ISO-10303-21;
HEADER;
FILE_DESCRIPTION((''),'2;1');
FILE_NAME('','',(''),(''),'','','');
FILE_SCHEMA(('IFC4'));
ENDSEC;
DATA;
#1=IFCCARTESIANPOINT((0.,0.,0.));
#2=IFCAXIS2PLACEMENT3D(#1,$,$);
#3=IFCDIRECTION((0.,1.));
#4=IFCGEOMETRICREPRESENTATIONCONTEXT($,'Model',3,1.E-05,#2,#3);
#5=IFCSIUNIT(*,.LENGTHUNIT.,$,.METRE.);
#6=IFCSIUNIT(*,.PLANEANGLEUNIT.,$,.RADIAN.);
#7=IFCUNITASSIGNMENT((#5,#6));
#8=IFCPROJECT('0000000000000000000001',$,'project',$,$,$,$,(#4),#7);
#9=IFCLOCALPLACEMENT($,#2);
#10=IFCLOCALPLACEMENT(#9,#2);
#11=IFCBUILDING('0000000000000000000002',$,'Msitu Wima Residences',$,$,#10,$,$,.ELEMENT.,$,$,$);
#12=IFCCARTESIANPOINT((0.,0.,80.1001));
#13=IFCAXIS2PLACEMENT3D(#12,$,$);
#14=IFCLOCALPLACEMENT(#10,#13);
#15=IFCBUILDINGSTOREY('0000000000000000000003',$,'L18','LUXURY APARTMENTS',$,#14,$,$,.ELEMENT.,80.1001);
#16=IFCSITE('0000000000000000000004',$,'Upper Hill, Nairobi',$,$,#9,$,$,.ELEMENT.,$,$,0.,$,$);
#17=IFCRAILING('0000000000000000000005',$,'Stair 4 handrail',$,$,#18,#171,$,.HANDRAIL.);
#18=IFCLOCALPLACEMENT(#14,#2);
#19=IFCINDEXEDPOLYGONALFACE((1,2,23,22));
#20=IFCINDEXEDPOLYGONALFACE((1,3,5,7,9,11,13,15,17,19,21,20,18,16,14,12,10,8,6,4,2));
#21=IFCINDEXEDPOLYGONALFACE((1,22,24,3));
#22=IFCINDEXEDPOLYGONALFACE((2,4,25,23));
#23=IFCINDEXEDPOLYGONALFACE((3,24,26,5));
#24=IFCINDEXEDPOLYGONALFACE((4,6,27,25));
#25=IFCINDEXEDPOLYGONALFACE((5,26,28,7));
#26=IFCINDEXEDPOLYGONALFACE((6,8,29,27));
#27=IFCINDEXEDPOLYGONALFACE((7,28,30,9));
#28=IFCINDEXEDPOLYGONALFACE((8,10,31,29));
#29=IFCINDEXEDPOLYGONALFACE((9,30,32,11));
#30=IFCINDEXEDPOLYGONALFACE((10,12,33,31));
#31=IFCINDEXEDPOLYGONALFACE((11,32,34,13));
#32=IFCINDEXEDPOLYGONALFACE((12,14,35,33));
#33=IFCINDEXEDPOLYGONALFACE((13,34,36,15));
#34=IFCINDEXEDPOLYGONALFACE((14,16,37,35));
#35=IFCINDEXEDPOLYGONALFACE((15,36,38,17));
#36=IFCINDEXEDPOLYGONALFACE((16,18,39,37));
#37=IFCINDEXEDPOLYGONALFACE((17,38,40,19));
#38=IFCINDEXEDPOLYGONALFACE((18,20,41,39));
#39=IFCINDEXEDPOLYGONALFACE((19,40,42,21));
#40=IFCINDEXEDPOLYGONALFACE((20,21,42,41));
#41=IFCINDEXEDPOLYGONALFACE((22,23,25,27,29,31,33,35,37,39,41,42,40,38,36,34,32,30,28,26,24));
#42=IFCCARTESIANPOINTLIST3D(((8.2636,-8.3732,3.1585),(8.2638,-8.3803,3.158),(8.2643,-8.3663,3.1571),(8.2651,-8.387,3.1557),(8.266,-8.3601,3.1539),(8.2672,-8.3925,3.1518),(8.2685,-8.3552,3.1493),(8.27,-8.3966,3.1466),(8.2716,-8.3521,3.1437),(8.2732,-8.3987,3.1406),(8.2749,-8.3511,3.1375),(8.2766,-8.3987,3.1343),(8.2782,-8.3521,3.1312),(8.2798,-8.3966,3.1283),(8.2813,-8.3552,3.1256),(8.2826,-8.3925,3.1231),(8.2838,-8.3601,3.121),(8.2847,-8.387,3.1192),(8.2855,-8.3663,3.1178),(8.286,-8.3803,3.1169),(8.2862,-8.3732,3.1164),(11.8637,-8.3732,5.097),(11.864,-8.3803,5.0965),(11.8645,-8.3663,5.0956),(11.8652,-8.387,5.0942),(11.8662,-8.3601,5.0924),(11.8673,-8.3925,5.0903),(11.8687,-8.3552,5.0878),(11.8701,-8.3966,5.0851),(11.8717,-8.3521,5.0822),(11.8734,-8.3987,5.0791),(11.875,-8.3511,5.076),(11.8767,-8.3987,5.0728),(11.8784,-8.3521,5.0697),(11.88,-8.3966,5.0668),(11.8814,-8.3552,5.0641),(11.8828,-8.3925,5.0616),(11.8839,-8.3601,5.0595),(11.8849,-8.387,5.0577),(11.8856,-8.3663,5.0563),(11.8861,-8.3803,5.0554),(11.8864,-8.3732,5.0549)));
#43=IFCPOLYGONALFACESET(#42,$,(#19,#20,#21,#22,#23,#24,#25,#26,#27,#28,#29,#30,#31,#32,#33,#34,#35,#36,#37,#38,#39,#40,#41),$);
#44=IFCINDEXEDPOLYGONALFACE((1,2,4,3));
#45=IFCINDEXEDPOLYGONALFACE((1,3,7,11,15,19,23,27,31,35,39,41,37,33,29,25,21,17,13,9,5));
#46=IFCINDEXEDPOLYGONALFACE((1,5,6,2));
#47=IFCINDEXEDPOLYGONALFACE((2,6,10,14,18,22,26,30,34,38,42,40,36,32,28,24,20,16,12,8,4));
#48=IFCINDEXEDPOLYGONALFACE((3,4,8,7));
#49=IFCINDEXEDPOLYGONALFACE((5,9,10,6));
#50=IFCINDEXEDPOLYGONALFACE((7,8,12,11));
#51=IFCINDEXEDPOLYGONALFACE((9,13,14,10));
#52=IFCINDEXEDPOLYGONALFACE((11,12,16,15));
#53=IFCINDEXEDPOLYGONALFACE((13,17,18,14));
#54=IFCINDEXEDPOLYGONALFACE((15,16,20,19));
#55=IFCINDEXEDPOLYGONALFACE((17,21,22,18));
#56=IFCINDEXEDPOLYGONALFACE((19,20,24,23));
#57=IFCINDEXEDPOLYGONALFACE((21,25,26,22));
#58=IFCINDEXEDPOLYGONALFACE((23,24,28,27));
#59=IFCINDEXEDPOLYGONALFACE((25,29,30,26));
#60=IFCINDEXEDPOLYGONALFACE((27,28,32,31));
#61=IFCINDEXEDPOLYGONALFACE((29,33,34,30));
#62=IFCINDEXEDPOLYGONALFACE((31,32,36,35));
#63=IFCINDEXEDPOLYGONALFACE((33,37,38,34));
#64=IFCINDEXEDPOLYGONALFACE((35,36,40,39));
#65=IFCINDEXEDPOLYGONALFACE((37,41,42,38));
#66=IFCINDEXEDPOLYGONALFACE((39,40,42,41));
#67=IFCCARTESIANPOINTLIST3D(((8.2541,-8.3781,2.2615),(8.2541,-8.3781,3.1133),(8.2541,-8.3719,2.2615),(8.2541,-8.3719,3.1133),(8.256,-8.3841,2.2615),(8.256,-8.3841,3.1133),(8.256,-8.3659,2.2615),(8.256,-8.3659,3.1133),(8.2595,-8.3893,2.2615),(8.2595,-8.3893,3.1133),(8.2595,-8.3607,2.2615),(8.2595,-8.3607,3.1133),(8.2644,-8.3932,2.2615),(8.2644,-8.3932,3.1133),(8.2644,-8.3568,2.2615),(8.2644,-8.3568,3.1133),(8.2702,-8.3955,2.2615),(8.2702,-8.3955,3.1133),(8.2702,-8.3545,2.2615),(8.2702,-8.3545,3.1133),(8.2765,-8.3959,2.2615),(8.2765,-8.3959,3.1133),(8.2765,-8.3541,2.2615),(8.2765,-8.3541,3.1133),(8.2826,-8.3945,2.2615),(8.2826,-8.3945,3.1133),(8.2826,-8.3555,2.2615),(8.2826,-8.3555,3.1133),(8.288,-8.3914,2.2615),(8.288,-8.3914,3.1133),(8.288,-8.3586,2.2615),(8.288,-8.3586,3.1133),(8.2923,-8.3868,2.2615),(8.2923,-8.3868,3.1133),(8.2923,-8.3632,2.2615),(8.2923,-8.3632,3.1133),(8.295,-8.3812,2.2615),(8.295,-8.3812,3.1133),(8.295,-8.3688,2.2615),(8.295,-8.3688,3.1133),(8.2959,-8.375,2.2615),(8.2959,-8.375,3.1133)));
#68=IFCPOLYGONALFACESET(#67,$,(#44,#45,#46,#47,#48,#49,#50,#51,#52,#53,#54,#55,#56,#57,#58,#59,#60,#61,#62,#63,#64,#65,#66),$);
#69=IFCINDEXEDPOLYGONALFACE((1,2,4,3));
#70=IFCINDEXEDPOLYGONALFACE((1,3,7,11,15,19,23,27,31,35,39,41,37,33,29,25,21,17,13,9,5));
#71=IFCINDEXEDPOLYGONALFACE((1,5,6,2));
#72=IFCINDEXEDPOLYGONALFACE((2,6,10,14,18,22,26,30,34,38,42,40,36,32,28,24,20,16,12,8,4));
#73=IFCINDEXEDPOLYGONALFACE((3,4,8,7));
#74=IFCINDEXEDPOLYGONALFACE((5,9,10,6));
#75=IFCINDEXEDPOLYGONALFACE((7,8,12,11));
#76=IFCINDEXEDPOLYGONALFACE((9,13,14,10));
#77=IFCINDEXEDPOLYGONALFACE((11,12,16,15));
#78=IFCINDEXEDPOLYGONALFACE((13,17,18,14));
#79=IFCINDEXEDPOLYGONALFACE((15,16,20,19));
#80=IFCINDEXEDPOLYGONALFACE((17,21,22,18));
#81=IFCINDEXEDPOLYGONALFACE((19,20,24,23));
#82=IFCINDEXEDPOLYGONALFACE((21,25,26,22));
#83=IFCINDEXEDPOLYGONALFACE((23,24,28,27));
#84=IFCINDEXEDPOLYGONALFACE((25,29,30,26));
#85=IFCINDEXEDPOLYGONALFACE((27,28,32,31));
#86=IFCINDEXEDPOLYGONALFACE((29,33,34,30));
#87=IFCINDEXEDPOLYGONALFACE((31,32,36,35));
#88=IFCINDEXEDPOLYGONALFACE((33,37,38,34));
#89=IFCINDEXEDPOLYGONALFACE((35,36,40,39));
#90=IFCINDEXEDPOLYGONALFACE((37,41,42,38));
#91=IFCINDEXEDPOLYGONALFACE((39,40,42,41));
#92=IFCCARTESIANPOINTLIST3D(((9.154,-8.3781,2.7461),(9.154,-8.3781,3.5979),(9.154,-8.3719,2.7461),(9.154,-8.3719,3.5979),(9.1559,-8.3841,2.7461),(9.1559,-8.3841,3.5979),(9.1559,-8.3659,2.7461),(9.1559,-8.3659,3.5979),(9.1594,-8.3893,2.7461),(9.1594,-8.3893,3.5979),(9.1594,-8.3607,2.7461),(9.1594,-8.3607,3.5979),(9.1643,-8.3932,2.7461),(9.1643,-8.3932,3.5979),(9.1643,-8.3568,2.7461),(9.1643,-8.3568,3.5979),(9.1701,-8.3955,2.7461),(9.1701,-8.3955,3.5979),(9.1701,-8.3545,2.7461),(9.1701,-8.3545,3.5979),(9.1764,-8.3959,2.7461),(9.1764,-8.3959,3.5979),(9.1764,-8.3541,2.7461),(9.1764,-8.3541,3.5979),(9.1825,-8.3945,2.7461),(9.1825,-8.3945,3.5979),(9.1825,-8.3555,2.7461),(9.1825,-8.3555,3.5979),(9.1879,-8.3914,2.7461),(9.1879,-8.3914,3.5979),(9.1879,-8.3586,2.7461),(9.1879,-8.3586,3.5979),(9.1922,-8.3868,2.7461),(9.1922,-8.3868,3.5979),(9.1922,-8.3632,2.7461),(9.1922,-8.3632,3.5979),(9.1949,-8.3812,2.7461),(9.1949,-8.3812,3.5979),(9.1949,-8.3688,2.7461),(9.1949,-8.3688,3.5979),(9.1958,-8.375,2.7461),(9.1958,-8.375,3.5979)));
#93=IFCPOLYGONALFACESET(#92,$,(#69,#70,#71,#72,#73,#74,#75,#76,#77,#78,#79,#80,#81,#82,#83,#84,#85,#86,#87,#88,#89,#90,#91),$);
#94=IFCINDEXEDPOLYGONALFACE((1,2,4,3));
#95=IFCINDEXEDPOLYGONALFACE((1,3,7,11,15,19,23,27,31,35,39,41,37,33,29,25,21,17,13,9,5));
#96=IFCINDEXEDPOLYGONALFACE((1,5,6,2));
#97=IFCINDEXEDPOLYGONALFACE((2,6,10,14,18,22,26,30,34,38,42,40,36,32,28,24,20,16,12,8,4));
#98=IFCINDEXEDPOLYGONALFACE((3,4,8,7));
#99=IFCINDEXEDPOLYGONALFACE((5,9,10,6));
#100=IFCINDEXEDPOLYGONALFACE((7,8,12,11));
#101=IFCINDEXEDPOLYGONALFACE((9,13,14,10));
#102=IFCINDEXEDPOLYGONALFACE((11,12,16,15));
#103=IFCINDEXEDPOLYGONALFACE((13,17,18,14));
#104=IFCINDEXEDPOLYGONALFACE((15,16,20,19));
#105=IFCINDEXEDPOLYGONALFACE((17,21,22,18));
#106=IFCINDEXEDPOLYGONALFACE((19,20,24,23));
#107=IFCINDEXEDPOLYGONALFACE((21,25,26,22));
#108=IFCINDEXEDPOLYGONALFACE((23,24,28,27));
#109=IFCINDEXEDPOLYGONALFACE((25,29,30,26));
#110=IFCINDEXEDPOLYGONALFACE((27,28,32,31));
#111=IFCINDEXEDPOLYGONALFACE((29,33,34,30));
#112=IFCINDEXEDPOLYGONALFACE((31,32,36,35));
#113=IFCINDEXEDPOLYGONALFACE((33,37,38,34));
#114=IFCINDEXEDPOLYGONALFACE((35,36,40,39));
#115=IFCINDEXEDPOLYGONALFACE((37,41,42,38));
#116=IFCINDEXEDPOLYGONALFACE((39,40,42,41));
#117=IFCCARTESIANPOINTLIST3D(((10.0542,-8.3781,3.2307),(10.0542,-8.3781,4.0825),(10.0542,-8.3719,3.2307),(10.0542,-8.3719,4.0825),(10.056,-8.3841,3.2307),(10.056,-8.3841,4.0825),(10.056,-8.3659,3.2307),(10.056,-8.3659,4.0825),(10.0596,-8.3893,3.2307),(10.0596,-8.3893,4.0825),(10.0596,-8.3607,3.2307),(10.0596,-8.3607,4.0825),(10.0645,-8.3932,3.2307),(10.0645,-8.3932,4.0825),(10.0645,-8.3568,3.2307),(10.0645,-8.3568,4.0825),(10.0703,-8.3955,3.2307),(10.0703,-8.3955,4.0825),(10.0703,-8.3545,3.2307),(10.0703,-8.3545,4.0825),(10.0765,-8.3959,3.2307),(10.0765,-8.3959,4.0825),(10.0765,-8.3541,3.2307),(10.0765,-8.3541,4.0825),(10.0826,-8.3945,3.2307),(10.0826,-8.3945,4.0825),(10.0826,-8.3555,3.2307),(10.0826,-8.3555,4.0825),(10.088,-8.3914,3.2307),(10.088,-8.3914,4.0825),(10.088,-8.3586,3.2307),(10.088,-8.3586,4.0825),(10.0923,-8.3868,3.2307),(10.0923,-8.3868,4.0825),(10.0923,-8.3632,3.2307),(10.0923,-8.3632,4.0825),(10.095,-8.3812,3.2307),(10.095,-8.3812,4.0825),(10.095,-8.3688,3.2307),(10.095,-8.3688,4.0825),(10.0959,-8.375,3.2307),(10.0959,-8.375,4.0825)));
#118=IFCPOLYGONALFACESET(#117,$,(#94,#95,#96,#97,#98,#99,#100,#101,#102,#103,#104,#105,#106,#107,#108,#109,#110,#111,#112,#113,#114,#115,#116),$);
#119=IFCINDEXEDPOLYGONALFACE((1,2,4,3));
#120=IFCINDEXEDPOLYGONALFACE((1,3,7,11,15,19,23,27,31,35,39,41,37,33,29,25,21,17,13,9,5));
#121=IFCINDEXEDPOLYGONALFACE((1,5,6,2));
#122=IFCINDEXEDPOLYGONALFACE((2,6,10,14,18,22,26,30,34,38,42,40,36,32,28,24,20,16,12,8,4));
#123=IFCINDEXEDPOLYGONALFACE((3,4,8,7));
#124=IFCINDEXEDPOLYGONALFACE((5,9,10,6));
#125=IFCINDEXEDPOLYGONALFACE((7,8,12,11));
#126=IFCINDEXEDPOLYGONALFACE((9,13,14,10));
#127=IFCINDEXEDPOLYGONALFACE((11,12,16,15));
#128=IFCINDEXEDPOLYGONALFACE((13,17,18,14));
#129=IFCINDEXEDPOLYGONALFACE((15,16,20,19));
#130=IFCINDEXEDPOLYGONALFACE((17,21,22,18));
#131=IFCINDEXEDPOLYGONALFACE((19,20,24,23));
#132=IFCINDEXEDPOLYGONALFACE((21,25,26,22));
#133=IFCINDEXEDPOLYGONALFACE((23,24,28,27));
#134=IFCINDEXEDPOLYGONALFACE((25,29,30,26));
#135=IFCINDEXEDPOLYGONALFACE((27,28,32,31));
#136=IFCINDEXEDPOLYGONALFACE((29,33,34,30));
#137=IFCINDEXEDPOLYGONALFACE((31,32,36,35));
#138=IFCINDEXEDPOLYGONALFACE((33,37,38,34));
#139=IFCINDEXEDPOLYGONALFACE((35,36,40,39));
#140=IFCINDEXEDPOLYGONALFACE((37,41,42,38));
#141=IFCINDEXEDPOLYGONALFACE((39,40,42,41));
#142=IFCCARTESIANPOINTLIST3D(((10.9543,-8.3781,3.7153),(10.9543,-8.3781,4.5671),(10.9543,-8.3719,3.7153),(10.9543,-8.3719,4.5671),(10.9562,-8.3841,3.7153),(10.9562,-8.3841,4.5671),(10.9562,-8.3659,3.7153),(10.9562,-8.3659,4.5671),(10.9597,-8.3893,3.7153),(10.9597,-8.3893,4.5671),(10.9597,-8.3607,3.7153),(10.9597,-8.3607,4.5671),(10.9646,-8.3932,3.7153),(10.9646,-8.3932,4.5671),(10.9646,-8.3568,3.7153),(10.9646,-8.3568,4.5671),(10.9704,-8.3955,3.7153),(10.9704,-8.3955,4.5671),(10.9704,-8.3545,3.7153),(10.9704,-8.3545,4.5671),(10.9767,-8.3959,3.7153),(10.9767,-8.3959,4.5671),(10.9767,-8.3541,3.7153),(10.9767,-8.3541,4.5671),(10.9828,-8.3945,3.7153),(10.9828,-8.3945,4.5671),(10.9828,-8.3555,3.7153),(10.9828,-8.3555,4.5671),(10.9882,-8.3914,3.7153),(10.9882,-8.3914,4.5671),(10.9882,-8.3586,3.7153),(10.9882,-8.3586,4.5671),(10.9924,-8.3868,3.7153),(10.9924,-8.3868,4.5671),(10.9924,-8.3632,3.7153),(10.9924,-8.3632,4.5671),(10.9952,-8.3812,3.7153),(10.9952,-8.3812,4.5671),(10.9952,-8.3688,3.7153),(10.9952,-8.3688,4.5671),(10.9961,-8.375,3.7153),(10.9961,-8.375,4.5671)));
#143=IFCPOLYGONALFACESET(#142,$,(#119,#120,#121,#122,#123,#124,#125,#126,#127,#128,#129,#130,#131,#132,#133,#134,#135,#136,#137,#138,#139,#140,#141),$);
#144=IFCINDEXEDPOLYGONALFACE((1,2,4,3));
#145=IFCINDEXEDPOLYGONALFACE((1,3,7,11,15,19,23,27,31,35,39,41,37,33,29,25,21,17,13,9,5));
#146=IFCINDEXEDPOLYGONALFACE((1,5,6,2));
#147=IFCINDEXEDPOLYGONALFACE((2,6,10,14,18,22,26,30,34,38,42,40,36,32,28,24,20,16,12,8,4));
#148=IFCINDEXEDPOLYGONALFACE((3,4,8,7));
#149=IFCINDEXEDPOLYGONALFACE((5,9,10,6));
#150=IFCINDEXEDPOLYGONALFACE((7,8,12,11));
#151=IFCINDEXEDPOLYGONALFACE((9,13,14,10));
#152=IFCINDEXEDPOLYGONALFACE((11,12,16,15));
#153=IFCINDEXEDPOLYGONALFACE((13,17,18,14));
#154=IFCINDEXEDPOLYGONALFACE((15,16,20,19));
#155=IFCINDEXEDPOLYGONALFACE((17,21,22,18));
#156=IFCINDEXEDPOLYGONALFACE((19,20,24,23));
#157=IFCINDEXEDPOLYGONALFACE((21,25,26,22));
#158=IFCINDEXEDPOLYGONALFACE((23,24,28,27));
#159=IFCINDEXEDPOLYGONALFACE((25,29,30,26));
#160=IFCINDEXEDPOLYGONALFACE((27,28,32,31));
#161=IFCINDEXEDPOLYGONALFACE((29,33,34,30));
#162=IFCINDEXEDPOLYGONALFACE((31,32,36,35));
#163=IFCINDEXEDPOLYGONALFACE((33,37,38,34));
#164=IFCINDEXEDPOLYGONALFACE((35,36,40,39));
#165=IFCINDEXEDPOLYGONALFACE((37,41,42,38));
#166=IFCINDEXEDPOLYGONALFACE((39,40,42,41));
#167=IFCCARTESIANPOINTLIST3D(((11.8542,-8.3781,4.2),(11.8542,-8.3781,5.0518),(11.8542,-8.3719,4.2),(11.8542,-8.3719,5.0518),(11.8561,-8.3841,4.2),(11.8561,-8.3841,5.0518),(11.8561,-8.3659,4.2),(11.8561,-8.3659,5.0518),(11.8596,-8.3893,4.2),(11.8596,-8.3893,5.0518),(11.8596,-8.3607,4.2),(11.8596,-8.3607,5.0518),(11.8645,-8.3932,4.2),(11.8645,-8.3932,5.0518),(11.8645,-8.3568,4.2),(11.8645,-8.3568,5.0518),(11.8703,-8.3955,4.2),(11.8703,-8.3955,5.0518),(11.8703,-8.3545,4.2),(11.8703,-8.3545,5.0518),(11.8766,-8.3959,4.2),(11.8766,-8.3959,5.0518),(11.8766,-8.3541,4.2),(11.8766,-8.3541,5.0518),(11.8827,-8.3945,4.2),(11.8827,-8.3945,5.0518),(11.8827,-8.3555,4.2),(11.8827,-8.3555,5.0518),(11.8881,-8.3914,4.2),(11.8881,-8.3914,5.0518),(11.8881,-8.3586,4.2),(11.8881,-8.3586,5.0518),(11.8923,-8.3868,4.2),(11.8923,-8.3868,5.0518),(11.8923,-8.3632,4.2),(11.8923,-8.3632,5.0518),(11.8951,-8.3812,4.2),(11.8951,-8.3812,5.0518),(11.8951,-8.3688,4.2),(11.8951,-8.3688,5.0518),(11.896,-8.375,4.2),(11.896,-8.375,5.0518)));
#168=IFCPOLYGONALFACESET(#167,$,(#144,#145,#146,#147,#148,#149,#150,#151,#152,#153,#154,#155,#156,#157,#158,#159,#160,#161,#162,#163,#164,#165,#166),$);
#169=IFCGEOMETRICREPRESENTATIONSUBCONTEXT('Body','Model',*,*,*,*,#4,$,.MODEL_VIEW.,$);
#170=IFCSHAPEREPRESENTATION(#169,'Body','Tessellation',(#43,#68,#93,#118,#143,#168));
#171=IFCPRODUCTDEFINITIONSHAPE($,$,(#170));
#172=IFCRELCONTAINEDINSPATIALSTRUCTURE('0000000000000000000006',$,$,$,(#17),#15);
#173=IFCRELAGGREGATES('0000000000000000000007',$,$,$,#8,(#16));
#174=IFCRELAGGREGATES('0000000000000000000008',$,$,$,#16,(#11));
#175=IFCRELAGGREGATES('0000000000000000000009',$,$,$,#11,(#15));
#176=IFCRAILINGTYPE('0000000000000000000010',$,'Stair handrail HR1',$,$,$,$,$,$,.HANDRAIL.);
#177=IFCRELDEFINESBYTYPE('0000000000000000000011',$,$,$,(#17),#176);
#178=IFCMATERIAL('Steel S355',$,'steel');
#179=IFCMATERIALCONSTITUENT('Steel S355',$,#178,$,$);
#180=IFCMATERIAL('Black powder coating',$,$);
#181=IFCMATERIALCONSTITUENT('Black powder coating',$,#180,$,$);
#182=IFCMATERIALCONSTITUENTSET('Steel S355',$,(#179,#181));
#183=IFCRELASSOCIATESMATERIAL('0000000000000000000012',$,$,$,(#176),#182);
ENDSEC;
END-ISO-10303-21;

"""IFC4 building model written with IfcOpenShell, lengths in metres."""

from ifc_helpers import new_model, si_unit, direction, frame, origin, origin_2d, place, context, subcontext, project, spatial, circle, extrude, material, constituent, constituent_set, type_object, element, save


model = new_model("IFC4")

# Units and contexts
model_context = context("Model", 3, precision=1e-05, world=origin(), true_north=direction((0.0, 1.0)))
body_context = subcontext(model_context, "Body", "Model", "MODEL_VIEW")
ifc_project = project(units=[si_unit("LENGTHUNIT", "METRE"), si_unit("PLANEANGLEUNIT", "RADIAN")], contexts=[model_context])

# Site, building, storey
site_placement = place(None, origin())
site = spatial("IfcSite", under=ifc_project, at=site_placement, Name="Upper Hill, Nairobi", CompositionType="ELEMENT", RefElevation=0.0)
building_placement = place(site_placement, origin())
building = spatial("IfcBuilding", under=site, at=building_placement, Name="Msitu Wima Residences", CompositionType="ELEMENT")
storey_placement = place(building_placement, frame((0.0, 0.0, 80.1001)))
storey = spatial("IfcBuildingStorey", under=building, at=storey_placement, Name="L18", Description="LUXURY APARTMENTS", CompositionType="ELEMENT", Elevation=80.1001)

# Railing
ifc_material_1 = material(Name="Steel S355", Category="steel")
ifc_constituent_1 = constituent(ifc_material_1, Name="Steel S355")
ifc_material_2 = material(Name="Black powder coating")
ifc_constituent_2 = constituent(ifc_material_2, Name="Black powder coating")
ifc_constituent_set = constituent_set(constituents=[ifc_constituent_1, ifc_constituent_2], Name="Steel S355")
railing_type = type_object("IfcRailingType", Name="Stair handrail HR1", PredefinedType="HANDRAIL", material=ifc_constituent_set)
for number, where, name in (
    (1, (8.2749, -8.375, 2.2615), "Stair 4 handrail"),
):
    element("IfcRailing", number, at=place(storey_placement, frame(where)), inside=storey, type_object=railing_type, Name=name, PredefinedType="HANDRAIL", context=body_context, shape_type="SweptSolid", body=[
        extrude(circle(Radius=0.0239, at=origin_2d()), frame((0.0, 0.0, 0.876), z_axis=(0.880475, 0.0, 0.474093), x_axis=(0.0, 1.0, 0.0)), (0.0, 0.0, 1.0), 4.0889),
        extrude(circle(Radius=0.021, at=origin_2d()), origin(), (0.0, 0.0, 1.0), 0.8518),
        extrude(circle(Radius=0.021, at=origin_2d()), frame((0.8999, 0.0, 0.4846)), (0.0, 0.0, 1.0), 0.8518),
        extrude(circle(Radius=0.021, at=origin_2d()), frame((1.8, 0.0, 0.9692)), (0.0, 0.0, 1.0), 0.8518),
        extrude(circle(Radius=0.021, at=origin_2d()), frame((2.7002, 0.0, 1.4539)), (0.0, 0.0, 1.0), 0.8518),
        extrude(circle(Radius=0.021, at=origin_2d()), frame((3.6001, 0.0, 1.9385)), (0.0, 0.0, 1.0), 0.8518),
    ])

save(model, "model.ifc")
